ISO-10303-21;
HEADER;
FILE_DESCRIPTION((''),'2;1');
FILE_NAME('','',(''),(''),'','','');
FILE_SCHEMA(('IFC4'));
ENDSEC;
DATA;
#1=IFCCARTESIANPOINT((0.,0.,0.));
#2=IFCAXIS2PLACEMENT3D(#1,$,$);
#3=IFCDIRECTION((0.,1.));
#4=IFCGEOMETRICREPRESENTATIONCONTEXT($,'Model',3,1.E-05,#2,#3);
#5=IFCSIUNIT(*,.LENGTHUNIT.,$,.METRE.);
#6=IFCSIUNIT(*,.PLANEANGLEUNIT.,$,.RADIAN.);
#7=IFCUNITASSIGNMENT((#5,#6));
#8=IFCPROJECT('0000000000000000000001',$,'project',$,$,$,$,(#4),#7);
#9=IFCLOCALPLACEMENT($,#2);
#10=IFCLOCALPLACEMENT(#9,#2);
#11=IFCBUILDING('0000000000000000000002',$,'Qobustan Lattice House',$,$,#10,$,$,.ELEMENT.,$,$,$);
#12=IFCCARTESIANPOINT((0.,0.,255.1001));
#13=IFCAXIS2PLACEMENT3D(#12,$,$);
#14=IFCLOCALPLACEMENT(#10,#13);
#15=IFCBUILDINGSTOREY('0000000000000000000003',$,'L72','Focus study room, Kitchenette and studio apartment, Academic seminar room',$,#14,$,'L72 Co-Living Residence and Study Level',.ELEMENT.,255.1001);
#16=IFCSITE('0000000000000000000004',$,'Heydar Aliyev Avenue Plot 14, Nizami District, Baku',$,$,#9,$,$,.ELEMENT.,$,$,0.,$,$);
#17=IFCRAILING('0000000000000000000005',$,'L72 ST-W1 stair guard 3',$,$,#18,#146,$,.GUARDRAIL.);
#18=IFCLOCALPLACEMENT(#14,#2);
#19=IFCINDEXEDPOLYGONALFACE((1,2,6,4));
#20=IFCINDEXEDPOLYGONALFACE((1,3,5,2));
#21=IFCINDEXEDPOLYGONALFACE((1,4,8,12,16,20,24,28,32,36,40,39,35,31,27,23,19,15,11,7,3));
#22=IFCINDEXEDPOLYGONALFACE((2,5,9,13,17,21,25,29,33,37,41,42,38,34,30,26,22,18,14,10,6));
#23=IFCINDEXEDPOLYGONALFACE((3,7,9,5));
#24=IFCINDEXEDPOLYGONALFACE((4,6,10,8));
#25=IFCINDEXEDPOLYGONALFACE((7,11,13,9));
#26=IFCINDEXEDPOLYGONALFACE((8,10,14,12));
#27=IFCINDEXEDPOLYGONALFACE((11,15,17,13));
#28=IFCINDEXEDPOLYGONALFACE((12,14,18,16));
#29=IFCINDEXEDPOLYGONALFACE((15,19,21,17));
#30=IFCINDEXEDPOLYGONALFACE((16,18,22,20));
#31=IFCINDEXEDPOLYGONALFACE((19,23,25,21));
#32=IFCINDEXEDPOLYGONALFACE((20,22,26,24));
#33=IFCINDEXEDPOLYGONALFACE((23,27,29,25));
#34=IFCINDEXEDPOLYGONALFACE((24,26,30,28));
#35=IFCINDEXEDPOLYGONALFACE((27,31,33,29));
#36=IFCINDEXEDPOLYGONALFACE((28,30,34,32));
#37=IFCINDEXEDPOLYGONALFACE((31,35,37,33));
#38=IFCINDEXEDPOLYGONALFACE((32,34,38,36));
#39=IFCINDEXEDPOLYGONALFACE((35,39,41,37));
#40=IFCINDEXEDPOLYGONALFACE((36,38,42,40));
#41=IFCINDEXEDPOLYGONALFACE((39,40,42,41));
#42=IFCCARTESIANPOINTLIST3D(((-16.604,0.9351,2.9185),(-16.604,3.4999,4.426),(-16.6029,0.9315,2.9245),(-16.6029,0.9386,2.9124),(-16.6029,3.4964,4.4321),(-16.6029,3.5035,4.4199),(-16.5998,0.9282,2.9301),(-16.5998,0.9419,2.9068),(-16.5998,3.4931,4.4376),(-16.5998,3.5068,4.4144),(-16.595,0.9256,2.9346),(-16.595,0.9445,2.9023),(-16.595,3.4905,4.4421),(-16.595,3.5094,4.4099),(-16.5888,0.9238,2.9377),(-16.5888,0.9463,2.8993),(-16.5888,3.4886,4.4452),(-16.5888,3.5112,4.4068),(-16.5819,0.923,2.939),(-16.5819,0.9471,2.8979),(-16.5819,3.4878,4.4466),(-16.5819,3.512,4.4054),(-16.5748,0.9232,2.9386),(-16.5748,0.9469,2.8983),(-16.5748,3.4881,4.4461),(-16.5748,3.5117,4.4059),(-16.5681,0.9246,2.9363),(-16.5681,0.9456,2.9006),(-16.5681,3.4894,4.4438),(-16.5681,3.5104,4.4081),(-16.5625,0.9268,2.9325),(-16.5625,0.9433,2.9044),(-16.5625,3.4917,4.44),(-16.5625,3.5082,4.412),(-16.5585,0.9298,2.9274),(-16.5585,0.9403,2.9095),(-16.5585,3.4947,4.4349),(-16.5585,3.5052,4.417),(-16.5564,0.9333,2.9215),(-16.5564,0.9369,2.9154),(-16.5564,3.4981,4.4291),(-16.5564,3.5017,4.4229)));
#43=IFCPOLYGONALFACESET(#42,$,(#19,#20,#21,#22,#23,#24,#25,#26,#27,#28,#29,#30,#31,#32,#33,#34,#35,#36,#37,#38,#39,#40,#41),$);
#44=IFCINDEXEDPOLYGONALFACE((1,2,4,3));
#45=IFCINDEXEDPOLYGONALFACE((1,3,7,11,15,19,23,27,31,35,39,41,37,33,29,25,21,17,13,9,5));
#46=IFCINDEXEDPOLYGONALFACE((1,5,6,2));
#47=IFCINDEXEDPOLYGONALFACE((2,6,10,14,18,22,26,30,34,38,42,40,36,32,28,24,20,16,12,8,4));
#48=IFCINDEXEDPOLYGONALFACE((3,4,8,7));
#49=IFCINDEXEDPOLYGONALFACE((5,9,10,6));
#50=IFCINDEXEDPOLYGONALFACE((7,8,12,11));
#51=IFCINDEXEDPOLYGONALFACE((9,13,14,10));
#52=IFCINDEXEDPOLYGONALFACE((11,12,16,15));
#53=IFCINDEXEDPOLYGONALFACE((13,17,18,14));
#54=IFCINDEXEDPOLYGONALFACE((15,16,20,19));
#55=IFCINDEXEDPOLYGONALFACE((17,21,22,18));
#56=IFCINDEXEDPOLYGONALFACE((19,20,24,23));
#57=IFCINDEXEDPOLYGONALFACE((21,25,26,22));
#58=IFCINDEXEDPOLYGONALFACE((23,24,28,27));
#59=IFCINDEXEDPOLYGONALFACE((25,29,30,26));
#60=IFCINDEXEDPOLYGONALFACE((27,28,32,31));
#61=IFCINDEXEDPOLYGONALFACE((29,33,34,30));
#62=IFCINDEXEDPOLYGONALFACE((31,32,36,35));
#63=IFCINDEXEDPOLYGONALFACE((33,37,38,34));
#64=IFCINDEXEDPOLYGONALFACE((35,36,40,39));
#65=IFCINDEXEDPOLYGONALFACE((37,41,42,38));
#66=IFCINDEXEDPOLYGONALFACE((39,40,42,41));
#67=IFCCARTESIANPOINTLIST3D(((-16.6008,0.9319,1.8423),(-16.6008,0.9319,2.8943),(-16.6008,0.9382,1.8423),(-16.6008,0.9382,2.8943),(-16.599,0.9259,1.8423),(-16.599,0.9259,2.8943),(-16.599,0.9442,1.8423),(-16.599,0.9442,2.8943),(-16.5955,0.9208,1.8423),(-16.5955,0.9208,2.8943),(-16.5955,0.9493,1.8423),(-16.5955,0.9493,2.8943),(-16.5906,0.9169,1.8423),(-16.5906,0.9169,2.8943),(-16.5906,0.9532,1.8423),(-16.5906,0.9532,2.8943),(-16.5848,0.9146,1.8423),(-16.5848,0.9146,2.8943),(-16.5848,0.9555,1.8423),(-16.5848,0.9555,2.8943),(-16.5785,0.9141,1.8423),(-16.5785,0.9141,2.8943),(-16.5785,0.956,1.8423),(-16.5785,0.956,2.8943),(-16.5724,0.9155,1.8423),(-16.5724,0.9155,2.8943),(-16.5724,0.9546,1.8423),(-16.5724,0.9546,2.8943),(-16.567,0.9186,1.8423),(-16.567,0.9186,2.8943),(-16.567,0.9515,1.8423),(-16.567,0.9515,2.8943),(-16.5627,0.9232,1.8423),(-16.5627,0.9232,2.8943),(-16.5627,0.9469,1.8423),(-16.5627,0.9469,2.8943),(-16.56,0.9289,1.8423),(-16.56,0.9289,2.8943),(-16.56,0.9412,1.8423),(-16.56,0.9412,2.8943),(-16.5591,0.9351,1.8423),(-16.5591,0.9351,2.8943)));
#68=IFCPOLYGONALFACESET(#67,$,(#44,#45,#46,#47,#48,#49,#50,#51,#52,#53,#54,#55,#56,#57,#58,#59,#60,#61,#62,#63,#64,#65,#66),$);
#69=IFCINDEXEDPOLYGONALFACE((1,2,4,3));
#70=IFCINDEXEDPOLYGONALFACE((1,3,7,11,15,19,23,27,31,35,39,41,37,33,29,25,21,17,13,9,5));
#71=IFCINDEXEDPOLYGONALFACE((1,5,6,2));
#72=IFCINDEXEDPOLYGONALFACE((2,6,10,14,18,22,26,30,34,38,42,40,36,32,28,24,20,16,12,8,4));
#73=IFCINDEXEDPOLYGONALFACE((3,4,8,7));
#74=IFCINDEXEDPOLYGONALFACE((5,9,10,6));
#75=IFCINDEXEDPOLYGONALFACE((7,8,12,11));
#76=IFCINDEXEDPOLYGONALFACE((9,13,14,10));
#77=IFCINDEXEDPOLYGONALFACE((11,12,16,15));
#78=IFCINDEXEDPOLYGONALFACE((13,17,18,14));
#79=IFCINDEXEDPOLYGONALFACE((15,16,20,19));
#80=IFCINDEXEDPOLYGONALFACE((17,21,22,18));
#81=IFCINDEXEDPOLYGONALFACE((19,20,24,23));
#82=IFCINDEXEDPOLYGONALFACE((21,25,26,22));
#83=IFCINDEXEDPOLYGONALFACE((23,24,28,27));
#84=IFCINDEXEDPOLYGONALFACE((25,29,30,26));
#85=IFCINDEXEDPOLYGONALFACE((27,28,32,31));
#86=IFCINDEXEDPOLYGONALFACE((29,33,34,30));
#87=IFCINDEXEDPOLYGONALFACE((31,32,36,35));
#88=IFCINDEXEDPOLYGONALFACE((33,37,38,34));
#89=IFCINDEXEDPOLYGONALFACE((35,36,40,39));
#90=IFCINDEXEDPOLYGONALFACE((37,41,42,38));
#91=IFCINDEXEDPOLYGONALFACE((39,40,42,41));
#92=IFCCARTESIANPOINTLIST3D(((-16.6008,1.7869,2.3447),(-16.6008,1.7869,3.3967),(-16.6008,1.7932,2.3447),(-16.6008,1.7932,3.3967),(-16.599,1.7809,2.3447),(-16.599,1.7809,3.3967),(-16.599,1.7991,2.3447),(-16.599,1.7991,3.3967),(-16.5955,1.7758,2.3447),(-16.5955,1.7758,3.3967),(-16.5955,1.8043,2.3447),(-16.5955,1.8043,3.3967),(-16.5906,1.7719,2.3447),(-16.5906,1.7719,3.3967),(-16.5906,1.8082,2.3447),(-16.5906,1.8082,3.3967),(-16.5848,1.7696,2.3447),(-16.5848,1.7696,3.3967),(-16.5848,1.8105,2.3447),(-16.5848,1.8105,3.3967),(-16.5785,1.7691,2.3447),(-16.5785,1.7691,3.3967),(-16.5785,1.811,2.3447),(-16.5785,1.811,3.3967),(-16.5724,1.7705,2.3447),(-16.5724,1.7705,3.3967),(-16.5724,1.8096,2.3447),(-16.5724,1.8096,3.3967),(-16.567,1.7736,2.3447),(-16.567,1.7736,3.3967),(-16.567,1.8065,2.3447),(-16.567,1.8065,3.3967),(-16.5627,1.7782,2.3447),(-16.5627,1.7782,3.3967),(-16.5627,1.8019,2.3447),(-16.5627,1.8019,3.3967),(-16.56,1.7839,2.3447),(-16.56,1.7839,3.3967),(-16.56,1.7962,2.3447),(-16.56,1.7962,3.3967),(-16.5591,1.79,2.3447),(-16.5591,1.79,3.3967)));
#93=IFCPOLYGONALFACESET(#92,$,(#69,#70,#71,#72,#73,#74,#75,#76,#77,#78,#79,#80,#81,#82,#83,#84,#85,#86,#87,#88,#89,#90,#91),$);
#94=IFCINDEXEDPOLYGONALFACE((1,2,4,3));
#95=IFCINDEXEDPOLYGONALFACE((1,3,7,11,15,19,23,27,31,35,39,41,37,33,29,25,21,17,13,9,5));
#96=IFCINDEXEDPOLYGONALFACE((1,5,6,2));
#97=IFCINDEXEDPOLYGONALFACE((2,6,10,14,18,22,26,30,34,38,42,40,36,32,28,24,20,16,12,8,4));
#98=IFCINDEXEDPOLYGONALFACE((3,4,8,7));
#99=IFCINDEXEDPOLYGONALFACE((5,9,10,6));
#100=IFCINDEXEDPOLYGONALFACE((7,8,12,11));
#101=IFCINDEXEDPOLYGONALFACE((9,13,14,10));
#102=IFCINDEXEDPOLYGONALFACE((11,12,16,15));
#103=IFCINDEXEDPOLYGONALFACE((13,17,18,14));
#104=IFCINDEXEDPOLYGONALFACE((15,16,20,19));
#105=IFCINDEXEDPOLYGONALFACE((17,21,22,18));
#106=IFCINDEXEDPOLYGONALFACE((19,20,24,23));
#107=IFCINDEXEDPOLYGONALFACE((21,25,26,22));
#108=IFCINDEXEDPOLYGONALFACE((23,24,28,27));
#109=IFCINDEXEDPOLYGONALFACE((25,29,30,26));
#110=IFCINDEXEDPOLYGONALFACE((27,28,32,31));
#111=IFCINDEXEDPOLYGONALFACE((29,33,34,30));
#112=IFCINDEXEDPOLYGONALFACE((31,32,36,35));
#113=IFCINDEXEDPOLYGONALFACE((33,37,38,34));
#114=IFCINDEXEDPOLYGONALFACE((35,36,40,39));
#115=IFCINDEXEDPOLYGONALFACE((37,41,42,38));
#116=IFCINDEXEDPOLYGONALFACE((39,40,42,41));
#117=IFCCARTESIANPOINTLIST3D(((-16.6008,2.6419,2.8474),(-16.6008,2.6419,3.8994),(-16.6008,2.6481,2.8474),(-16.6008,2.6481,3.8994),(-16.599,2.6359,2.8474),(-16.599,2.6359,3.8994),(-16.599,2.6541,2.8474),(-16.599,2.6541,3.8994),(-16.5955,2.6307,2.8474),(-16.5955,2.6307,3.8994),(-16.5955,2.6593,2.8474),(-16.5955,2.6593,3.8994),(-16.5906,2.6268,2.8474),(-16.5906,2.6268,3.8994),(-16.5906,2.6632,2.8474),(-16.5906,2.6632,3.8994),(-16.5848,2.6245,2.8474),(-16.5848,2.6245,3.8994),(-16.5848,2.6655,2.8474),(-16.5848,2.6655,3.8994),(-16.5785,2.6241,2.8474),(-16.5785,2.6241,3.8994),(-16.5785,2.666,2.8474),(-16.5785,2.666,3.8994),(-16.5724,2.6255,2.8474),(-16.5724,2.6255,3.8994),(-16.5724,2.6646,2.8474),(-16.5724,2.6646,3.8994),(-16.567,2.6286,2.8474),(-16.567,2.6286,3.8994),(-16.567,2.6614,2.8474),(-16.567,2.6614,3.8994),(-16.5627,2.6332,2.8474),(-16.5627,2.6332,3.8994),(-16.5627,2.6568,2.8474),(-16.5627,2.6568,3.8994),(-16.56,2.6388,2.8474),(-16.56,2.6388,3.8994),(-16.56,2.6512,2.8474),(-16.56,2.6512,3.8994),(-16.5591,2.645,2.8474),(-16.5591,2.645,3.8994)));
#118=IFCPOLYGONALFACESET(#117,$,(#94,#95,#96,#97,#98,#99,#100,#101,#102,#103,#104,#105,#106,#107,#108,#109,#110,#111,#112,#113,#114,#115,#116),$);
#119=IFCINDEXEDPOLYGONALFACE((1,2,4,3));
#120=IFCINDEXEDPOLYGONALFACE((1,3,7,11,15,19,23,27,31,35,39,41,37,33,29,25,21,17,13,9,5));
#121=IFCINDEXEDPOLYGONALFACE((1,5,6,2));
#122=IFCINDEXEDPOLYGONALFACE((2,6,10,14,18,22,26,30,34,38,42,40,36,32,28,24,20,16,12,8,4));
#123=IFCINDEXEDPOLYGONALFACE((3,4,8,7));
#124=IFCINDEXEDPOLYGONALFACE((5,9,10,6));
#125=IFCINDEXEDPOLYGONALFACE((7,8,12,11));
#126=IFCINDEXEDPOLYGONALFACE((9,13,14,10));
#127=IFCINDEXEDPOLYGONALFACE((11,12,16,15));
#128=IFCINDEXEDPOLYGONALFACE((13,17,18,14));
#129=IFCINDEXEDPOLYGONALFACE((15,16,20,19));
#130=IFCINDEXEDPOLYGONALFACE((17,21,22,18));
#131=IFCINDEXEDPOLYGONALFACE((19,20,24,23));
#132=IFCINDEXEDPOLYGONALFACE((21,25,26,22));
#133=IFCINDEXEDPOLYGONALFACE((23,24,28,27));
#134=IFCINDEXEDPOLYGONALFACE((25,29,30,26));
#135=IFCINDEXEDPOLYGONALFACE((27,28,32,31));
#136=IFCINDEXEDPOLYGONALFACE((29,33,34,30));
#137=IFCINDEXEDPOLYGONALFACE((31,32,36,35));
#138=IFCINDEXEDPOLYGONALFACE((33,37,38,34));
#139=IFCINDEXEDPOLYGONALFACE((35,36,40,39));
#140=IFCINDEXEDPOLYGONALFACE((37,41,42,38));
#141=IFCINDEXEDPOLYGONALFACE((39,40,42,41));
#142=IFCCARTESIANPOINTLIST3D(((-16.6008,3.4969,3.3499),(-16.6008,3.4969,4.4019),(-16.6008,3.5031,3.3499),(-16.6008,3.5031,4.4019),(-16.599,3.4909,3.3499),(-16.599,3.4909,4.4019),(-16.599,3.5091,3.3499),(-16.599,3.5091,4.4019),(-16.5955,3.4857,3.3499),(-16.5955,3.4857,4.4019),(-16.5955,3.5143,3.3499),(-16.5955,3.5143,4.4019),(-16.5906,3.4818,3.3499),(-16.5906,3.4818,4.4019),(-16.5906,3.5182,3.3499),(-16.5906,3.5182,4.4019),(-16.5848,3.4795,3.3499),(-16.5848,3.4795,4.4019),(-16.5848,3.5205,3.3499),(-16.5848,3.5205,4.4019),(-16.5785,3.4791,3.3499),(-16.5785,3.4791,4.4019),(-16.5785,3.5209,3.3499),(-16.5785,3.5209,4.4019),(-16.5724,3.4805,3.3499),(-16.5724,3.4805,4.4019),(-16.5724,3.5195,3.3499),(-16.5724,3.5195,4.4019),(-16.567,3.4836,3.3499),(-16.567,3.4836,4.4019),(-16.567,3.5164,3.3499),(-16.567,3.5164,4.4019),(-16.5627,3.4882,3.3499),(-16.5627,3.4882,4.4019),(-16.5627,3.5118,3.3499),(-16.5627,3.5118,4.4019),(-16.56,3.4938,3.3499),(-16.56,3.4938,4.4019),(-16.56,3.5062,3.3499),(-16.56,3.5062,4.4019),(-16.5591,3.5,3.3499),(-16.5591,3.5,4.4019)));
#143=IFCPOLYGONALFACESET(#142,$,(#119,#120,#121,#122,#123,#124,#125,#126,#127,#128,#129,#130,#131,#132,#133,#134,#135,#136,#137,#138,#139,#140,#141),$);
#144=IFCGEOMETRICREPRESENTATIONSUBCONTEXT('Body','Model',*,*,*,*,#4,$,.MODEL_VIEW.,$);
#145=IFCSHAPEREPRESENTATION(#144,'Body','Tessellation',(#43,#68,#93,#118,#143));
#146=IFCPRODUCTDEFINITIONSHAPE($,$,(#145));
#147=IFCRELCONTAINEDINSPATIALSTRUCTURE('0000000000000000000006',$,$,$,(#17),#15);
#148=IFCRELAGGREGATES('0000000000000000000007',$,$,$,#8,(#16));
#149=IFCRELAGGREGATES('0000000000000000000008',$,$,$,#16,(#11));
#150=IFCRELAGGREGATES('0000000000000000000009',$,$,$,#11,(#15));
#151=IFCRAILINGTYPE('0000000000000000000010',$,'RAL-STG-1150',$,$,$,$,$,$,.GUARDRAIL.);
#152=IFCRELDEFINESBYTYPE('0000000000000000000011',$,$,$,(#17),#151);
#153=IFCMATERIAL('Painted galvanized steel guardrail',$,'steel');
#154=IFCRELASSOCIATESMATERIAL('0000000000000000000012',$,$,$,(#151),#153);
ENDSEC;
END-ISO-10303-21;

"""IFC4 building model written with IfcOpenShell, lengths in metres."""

from ifc_helpers import new_model, si_unit, direction, frame, origin, origin_2d, place, context, subcontext, project, spatial, circle, extrude, material, type_object, element, save


model = new_model("IFC4")

# Units and contexts
model_context = context("Model", 3, precision=1e-05, world=origin(), true_north=direction((0.0, 1.0)))
body_context = subcontext(model_context, "Body", "Model", "MODEL_VIEW")
ifc_project = project(units=[si_unit("LENGTHUNIT", "METRE"), si_unit("PLANEANGLEUNIT", "RADIAN")], contexts=[model_context])

# Site, building, storey
site_placement = place(None, origin())
site = spatial("IfcSite", under=ifc_project, at=site_placement, Name="Heydar Aliyev Avenue Plot 14, Nizami District, Baku", CompositionType="ELEMENT", RefElevation=0.0)
building_placement = place(site_placement, origin())
building = spatial("IfcBuilding", under=site, at=building_placement, Name="Qobustan Lattice House", CompositionType="ELEMENT")
storey_placement = place(building_placement, frame((0.0, 0.0, 255.1001)))
storey = spatial("IfcBuildingStorey", under=building, at=storey_placement, Name="L72", Description="Focus study room, Kitchenette and studio apartment, Academic seminar room", LongName="L72 Co-Living Residence and Study Level", CompositionType="ELEMENT", Elevation=255.1001)

# Railing
ifc_material_1 = material(Name="Painted galvanized steel guardrail", Category="steel")
railing_type_1 = type_object("IfcRailingType", Name="RAL-STG-1150", PredefinedType="GUARDRAIL", material=ifc_material_1)
railing_1_placement = place(storey_placement, frame((-16.5801, 0.9351, 1.8423)))
element("IfcRailing", 1, at=railing_1_placement, inside=storey, type_object=railing_type_1, Name="L72 ST-W1 stair guard 3", PredefinedType="GUARDRAIL", context=body_context, shape_type="SweptSolid", body=[
    extrude(circle(Radius=0.0239, at=origin_2d()), frame((0.0, 0.0, 1.0762), z_axis=(0.0, 0.862113, 0.506715), x_axis=(-1.0, 0.0, 0.0)), (0.0, 0.0, 1.0), 2.9751),
    extrude(circle(Radius=0.021, at=origin_2d()), origin(), (0.0, 0.0, 1.0), 1.052),
    extrude(circle(Radius=0.021, at=origin_2d()), frame((0.0, 0.855, 0.5024)), (0.0, 0.0, 1.0), 1.052),
    extrude(circle(Radius=0.021, at=origin_2d()), frame((0.0, 1.71, 1.0051)), (0.0, 0.0, 1.0), 1.052),
    extrude(circle(Radius=0.021, at=origin_2d()), frame((0.0, 2.5649, 1.5076)), (0.0, 0.0, 1.0), 1.052),
])

save(model, "model.ifc")
